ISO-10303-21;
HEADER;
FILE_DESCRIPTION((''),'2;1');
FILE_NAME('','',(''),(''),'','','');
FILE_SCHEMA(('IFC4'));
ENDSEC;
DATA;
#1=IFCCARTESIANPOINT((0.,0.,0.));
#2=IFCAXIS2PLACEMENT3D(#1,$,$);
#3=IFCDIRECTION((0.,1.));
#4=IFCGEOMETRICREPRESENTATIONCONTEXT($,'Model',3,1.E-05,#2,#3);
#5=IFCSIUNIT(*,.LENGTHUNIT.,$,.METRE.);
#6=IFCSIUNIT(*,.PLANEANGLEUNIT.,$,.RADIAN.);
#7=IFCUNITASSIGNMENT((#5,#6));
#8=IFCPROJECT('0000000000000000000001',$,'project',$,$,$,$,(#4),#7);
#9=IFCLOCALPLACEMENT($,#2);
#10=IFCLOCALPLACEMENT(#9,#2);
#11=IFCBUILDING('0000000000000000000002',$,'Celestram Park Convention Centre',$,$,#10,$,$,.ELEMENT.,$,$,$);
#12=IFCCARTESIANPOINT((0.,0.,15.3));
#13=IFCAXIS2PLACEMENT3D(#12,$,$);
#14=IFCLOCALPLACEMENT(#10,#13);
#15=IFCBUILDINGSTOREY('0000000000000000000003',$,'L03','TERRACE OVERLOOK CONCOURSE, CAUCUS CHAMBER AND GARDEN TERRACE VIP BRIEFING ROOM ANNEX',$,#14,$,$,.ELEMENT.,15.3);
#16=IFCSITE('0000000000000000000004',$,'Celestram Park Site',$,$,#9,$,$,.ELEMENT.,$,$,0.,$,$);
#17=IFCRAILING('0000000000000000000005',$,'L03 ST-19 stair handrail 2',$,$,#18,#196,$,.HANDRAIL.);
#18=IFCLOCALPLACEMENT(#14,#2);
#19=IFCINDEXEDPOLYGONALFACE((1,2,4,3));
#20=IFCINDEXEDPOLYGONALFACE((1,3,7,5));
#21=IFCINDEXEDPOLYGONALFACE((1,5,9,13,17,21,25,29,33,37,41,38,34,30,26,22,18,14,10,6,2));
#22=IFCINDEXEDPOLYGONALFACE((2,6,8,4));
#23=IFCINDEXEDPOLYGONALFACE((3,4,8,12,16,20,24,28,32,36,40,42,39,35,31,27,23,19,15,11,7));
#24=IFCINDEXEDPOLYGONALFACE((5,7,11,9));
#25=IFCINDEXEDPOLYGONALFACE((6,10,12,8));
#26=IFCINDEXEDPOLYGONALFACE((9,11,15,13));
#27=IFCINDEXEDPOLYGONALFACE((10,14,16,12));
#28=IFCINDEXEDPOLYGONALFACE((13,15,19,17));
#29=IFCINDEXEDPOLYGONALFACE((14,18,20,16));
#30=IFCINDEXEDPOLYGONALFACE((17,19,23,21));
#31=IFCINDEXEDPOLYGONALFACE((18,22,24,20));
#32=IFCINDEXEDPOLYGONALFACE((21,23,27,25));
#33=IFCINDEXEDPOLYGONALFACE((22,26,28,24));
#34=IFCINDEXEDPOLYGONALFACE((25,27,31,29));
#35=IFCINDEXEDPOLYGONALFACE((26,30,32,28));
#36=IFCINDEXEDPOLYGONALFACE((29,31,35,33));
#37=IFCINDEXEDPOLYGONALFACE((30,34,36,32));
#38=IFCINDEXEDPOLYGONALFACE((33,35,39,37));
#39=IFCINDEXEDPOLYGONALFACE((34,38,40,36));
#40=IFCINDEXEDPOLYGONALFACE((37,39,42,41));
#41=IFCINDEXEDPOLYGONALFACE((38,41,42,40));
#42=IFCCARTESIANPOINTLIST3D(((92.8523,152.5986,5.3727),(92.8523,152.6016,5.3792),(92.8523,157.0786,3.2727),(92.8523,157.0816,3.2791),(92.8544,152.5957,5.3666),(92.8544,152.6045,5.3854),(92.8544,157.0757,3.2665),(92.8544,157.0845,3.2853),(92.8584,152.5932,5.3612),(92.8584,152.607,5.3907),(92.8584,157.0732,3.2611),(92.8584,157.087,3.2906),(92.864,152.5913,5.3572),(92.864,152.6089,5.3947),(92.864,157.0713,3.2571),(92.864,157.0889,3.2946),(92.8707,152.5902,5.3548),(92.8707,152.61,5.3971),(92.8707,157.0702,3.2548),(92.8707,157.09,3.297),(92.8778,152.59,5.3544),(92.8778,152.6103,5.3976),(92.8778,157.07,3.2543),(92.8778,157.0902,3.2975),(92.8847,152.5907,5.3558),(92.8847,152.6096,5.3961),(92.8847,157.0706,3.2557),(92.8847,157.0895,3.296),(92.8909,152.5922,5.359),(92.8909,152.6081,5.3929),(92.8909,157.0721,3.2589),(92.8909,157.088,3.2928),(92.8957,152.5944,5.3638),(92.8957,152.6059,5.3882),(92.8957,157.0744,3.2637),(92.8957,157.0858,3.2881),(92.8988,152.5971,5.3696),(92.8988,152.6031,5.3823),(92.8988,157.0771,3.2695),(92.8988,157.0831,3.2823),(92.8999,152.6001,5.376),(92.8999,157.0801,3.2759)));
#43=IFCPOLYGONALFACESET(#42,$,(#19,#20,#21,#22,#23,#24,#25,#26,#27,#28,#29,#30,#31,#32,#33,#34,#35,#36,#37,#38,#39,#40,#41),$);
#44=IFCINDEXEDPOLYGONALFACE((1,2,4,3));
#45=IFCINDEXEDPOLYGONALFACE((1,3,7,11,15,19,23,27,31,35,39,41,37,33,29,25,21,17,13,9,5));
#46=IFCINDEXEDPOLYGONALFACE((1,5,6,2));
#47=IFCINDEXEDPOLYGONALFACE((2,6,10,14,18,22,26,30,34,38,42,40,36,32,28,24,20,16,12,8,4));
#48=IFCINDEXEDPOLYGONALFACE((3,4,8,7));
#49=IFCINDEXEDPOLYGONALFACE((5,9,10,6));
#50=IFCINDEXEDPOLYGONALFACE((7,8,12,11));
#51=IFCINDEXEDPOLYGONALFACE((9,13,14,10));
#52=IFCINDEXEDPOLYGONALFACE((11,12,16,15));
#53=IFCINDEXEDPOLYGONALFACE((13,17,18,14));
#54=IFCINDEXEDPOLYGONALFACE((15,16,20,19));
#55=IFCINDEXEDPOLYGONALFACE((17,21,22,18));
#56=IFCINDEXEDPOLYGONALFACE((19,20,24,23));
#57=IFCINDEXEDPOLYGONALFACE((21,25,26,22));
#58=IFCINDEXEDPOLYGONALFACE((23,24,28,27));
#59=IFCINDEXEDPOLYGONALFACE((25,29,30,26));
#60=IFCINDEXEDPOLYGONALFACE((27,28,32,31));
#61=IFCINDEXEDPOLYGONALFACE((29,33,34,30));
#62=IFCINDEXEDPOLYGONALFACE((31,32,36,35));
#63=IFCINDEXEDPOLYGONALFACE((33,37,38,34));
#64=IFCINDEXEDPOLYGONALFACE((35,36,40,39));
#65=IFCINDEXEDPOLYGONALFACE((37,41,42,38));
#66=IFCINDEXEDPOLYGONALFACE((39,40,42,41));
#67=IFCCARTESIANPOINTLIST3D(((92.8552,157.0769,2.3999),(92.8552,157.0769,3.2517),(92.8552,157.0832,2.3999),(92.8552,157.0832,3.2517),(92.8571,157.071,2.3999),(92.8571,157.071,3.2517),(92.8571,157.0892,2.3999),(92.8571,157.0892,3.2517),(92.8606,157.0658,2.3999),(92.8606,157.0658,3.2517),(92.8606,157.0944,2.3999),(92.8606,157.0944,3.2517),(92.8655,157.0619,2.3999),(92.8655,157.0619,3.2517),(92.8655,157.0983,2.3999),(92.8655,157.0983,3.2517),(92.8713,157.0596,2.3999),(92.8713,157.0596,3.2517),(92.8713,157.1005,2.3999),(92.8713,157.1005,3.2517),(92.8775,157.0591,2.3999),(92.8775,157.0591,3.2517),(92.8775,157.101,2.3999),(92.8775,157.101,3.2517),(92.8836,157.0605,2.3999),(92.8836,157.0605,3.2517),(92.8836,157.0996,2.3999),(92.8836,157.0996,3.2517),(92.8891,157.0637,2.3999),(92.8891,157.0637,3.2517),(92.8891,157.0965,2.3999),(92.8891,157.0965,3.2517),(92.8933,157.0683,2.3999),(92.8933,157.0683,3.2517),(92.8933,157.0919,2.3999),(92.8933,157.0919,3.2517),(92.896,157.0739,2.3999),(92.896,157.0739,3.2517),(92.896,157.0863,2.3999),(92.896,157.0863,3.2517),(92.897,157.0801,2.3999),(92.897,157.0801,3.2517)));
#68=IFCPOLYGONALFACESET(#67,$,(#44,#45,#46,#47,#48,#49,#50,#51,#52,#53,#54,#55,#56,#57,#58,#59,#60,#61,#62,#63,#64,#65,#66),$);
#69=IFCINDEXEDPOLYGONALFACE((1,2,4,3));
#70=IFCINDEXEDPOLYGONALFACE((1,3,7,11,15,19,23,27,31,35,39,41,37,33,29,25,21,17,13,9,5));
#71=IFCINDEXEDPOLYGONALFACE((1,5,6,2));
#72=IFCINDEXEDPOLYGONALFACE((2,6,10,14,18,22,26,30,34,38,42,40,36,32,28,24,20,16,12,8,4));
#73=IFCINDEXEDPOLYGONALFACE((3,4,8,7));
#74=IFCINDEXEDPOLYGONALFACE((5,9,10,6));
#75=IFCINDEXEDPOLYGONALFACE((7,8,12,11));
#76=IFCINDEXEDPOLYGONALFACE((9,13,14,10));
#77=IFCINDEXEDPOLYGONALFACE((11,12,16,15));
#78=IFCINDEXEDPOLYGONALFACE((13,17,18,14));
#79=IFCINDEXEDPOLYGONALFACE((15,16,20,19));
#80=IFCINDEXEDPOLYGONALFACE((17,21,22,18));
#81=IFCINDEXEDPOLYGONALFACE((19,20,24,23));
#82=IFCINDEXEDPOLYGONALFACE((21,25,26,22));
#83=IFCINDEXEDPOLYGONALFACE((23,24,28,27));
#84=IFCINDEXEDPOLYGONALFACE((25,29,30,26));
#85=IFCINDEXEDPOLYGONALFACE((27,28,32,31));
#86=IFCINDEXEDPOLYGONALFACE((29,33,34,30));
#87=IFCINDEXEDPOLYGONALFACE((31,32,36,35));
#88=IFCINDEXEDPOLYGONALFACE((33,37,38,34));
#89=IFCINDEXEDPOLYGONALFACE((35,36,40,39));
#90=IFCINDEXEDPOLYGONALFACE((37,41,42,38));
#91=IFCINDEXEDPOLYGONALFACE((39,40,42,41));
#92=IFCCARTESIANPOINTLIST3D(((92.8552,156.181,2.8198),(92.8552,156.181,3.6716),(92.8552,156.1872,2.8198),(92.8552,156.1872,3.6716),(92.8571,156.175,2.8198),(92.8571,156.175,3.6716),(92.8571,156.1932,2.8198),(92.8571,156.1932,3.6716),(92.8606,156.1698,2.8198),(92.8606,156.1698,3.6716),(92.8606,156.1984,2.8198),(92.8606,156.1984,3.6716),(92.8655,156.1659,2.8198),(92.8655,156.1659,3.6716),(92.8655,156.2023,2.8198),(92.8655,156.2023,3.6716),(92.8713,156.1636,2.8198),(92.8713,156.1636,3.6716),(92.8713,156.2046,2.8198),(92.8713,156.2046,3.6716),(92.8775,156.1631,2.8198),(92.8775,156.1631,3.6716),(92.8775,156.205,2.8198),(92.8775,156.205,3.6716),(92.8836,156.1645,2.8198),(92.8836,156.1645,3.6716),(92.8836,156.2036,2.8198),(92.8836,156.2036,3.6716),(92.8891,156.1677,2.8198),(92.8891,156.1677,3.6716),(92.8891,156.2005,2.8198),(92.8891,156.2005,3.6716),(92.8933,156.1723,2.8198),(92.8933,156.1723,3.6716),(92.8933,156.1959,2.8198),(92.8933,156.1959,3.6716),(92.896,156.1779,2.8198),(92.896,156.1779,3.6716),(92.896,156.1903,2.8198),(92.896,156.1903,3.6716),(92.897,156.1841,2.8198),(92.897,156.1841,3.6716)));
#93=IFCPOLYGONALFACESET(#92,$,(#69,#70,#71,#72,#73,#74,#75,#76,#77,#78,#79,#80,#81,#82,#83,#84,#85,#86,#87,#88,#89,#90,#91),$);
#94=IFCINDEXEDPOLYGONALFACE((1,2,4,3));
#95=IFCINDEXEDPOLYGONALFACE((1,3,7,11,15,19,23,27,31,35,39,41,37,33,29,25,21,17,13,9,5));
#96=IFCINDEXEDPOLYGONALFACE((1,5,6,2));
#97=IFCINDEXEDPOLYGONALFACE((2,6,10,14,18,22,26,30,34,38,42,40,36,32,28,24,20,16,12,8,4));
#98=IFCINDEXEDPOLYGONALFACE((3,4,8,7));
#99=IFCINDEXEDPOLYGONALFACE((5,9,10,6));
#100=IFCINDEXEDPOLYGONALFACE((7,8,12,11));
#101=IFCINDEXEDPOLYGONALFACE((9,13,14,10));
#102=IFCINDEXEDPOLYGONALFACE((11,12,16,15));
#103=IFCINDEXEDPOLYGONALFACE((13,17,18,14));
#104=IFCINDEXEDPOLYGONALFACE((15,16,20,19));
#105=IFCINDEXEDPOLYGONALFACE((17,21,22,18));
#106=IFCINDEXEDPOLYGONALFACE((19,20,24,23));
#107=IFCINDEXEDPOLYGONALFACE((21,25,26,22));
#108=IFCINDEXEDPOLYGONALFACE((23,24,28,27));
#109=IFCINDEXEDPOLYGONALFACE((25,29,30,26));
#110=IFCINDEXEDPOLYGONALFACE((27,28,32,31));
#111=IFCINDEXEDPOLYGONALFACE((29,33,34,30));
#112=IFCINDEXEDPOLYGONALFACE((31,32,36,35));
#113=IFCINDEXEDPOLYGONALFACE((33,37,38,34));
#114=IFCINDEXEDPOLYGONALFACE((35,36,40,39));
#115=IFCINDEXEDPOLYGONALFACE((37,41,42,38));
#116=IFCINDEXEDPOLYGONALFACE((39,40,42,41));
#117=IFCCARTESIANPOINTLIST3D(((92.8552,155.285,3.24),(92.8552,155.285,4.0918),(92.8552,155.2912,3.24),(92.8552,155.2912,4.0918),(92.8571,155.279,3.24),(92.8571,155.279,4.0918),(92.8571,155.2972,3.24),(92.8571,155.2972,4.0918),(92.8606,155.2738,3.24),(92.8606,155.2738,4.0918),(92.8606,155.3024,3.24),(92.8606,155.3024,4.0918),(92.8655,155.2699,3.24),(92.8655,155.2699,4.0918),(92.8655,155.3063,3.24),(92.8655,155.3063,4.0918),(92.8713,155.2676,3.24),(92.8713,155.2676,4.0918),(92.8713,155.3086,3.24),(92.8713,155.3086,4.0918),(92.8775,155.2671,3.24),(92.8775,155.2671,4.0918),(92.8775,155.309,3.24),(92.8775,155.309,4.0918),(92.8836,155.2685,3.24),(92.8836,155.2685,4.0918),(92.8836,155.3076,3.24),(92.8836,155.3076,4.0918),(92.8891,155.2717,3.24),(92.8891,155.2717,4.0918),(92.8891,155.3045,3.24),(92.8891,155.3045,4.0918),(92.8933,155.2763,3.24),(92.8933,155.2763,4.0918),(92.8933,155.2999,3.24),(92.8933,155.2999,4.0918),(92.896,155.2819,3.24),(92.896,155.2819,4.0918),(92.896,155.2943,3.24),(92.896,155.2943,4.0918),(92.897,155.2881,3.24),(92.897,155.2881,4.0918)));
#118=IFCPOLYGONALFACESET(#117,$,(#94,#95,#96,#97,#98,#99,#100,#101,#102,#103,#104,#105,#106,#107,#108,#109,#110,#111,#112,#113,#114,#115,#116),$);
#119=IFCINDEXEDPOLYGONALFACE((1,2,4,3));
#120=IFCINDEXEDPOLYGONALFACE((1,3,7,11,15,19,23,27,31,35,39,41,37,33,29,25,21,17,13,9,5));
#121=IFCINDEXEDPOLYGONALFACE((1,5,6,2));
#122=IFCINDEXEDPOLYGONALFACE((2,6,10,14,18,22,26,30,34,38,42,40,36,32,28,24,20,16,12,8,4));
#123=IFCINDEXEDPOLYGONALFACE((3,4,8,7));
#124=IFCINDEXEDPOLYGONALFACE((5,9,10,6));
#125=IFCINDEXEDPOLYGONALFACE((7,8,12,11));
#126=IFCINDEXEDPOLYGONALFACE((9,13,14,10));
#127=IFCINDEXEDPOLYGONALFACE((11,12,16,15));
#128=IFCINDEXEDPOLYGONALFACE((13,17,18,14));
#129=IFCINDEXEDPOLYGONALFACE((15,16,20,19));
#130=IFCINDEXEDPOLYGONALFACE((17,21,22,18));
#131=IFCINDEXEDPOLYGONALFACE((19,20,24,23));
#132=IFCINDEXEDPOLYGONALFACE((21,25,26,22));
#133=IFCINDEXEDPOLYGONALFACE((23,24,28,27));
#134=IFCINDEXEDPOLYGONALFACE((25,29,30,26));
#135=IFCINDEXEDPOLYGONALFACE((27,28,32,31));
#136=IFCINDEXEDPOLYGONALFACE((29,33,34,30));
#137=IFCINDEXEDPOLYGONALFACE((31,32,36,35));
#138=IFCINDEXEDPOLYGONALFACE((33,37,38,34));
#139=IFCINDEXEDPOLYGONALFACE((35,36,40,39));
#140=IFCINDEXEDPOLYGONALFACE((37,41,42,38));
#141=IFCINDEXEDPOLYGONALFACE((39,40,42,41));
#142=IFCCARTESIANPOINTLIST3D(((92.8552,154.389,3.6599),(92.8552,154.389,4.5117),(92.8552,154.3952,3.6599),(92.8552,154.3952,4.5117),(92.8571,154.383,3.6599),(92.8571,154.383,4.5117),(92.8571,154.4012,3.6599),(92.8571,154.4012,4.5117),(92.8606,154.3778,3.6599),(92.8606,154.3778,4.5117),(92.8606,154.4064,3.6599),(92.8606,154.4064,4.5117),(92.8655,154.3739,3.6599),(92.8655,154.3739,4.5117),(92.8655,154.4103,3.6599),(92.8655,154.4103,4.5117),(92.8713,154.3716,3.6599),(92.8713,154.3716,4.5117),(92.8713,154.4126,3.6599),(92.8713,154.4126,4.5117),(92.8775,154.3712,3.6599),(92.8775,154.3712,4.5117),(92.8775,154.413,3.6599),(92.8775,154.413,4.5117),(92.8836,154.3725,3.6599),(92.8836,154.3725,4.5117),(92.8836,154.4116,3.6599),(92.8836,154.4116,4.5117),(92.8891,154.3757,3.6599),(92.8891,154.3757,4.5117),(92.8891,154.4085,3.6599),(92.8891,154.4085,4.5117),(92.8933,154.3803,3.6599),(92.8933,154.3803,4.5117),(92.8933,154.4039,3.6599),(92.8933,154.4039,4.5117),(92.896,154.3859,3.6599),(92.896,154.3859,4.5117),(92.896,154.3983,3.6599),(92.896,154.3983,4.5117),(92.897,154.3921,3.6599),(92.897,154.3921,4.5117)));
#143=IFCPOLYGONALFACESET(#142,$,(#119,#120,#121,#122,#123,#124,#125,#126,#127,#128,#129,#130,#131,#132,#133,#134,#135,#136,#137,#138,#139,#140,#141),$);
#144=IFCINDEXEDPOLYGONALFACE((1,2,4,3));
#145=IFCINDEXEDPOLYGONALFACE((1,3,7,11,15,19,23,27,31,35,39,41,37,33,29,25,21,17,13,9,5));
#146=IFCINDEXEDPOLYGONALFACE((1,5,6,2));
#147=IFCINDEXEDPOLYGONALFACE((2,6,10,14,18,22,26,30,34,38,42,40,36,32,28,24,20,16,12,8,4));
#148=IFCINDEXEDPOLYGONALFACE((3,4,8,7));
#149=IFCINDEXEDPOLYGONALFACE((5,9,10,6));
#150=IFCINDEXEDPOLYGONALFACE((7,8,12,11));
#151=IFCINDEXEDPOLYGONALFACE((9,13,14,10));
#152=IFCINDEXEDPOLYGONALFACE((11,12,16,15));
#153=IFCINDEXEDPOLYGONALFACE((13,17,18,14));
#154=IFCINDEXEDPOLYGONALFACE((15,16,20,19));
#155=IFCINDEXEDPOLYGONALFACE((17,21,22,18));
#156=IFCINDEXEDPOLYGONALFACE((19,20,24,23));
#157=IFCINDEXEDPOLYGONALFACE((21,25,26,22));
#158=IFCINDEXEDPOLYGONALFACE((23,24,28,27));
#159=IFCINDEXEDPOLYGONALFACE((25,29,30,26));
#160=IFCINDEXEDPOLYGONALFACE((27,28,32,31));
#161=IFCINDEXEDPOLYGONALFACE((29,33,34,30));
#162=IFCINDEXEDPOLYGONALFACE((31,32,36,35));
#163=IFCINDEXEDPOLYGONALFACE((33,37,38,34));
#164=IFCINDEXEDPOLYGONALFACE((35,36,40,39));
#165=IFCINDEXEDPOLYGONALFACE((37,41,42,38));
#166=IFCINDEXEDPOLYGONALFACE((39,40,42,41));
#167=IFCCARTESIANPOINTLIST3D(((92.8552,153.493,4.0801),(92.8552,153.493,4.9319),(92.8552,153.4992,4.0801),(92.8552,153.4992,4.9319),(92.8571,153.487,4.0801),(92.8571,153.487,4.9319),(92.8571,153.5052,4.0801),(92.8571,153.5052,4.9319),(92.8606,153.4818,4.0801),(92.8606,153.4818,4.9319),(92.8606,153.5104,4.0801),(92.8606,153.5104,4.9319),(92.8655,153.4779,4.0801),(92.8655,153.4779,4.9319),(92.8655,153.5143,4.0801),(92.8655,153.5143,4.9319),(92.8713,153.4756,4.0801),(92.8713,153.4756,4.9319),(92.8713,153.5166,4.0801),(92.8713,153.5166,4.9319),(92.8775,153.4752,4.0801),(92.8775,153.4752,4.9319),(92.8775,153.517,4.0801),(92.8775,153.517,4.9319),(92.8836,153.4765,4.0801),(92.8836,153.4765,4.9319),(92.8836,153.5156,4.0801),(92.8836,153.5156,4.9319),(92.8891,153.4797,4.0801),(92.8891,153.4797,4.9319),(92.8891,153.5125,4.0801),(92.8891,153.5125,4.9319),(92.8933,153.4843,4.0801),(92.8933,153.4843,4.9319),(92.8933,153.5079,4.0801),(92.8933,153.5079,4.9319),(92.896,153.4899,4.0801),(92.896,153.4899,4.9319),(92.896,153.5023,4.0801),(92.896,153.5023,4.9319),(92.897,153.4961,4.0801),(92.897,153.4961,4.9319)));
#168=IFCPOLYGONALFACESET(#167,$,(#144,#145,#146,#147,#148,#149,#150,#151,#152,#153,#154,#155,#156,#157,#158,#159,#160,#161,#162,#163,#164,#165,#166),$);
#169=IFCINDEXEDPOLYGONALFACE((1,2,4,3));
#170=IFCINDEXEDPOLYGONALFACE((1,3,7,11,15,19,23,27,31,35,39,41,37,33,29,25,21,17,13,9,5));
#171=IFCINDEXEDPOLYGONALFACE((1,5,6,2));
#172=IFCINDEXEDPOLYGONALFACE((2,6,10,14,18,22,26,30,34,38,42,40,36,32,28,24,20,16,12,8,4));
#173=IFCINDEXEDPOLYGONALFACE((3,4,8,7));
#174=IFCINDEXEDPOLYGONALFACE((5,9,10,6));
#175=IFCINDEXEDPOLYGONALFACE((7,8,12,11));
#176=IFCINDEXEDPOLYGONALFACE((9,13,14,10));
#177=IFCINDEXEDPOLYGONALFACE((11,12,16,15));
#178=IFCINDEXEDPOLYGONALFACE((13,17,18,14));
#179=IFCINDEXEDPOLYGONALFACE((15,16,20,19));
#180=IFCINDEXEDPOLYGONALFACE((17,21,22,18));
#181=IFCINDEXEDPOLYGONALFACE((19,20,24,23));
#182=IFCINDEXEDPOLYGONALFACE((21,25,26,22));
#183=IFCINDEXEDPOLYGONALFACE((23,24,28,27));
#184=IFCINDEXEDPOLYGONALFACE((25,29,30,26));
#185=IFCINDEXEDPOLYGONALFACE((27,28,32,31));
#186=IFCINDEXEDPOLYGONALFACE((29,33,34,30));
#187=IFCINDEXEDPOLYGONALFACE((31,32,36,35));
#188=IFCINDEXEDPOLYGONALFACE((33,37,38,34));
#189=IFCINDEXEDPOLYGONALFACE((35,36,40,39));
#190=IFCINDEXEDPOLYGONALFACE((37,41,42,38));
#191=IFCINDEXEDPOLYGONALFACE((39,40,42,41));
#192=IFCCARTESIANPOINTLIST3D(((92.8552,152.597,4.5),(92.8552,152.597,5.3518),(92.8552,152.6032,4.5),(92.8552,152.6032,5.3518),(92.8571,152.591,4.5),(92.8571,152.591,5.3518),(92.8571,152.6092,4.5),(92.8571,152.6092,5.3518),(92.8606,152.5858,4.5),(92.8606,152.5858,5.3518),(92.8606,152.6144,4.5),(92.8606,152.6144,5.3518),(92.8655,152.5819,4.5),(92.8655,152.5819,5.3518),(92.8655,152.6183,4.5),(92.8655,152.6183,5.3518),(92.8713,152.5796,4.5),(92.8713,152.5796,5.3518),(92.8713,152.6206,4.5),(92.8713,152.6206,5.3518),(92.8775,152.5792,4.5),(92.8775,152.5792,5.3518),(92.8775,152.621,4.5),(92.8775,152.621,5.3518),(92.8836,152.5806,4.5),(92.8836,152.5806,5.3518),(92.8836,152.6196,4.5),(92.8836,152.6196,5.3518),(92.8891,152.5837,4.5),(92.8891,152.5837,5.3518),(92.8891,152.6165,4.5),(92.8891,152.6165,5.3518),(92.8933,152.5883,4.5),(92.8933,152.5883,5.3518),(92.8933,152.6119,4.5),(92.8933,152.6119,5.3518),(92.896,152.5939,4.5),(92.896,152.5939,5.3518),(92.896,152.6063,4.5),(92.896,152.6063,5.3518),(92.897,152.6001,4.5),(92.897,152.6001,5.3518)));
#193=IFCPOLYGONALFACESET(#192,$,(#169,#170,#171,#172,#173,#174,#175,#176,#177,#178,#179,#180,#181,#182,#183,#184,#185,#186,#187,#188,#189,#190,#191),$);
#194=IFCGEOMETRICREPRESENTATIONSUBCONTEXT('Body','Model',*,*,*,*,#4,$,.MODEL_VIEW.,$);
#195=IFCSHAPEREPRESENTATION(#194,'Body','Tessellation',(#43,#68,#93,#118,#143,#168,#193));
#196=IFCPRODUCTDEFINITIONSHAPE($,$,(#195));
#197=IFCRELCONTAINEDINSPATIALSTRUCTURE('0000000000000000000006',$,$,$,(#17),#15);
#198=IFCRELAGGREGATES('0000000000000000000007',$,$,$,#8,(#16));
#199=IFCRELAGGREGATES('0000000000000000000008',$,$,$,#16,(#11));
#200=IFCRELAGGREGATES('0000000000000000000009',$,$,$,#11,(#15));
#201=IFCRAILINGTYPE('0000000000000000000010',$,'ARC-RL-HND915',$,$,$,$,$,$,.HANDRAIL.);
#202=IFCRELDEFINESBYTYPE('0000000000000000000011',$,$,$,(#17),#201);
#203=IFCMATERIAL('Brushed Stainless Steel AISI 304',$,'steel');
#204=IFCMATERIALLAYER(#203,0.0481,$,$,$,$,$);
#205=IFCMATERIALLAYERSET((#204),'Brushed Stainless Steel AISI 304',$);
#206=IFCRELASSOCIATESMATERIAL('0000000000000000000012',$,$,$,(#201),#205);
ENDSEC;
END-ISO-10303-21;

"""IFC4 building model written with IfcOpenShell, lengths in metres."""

from ifc_helpers import new_model, si_unit, direction, frame, origin, origin_2d, place, context, subcontext, project, spatial, circle, extrude, material, layer, layer_set, type_object, element, save


model = new_model("IFC4")

# Units and contexts
model_context = context("Model", 3, precision=1e-05, world=origin(), true_north=direction((0.0, 1.0)))
body_context = subcontext(model_context, "Body", "Model", "MODEL_VIEW")
ifc_project = project(units=[si_unit("LENGTHUNIT", "METRE"), si_unit("PLANEANGLEUNIT", "RADIAN")], contexts=[model_context])

# Site, building, storey
site_placement = place(None, origin())
site = spatial("IfcSite", under=ifc_project, at=site_placement, Name="Celestram Park Site", CompositionType="ELEMENT", RefElevation=0.0)
building_placement = place(site_placement, origin())
building = spatial("IfcBuilding", under=site, at=building_placement, Name="Celestram Park Convention Centre", CompositionType="ELEMENT")
storey_placement = place(building_placement, frame((0.0, 0.0, 15.3)))
storey = spatial("IfcBuildingStorey", under=building, at=storey_placement, Name="L03", Description="TERRACE OVERLOOK CONCOURSE, CAUCUS CHAMBER AND GARDEN TERRACE VIP BRIEFING ROOM ANNEX", CompositionType="ELEMENT", Elevation=15.3)

# Railing
ifc_material_1 = material(Name="Brushed Stainless Steel AISI 304", Category="steel")
ifc_layer_1 = layer(ifc_material_1, 0.0481)
ifc_layer_set_1 = layer_set([ifc_layer_1], Name="Brushed Stainless Steel AISI 304")
railing_type_1 = type_object("IfcRailingType", Name="ARC-RL-HND915", PredefinedType="HANDRAIL", material=ifc_layer_set_1)
railing_1_placement = place(storey_placement, frame((92.876, 157.0801, 2.3999)))
element("IfcRailing", 1, at=railing_1_placement, inside=storey, type_object=railing_type_1, Name="L03 ST-19 stair handrail 2", PredefinedType="HANDRAIL", context=body_context, shape_type="SweptSolid", body=[
    extrude(circle(Radius=0.0239, at=origin_2d()), frame((0.0, 0.0, 0.876), z_axis=(0.0, -0.905451, 0.424452), x_axis=(1.0, 0.0, 0.0)), (0.0, 0.0, 1.0), 4.9478),
    extrude(circle(Radius=0.021, at=origin_2d()), origin(), (0.0, 0.0, 1.0), 0.8518),
    extrude(circle(Radius=0.021, at=origin_2d()), frame((0.0, -0.896, 0.4199)), (0.0, 0.0, 1.0), 0.8518),
    extrude(circle(Radius=0.021, at=origin_2d()), frame((0.0, -1.792, 0.8401)), (0.0, 0.0, 1.0), 0.8518),
    extrude(circle(Radius=0.021, at=origin_2d()), frame((0.0, -2.688, 1.26)), (0.0, 0.0, 1.0), 0.8518),
    extrude(circle(Radius=0.021, at=origin_2d()), frame((0.0, -3.584, 1.6802)), (0.0, 0.0, 1.0), 0.8518),
    extrude(circle(Radius=0.021, at=origin_2d()), frame((0.0, -4.48, 2.1001)), (0.0, 0.0, 1.0), 0.8518),
])

save(model, "model.ifc")
